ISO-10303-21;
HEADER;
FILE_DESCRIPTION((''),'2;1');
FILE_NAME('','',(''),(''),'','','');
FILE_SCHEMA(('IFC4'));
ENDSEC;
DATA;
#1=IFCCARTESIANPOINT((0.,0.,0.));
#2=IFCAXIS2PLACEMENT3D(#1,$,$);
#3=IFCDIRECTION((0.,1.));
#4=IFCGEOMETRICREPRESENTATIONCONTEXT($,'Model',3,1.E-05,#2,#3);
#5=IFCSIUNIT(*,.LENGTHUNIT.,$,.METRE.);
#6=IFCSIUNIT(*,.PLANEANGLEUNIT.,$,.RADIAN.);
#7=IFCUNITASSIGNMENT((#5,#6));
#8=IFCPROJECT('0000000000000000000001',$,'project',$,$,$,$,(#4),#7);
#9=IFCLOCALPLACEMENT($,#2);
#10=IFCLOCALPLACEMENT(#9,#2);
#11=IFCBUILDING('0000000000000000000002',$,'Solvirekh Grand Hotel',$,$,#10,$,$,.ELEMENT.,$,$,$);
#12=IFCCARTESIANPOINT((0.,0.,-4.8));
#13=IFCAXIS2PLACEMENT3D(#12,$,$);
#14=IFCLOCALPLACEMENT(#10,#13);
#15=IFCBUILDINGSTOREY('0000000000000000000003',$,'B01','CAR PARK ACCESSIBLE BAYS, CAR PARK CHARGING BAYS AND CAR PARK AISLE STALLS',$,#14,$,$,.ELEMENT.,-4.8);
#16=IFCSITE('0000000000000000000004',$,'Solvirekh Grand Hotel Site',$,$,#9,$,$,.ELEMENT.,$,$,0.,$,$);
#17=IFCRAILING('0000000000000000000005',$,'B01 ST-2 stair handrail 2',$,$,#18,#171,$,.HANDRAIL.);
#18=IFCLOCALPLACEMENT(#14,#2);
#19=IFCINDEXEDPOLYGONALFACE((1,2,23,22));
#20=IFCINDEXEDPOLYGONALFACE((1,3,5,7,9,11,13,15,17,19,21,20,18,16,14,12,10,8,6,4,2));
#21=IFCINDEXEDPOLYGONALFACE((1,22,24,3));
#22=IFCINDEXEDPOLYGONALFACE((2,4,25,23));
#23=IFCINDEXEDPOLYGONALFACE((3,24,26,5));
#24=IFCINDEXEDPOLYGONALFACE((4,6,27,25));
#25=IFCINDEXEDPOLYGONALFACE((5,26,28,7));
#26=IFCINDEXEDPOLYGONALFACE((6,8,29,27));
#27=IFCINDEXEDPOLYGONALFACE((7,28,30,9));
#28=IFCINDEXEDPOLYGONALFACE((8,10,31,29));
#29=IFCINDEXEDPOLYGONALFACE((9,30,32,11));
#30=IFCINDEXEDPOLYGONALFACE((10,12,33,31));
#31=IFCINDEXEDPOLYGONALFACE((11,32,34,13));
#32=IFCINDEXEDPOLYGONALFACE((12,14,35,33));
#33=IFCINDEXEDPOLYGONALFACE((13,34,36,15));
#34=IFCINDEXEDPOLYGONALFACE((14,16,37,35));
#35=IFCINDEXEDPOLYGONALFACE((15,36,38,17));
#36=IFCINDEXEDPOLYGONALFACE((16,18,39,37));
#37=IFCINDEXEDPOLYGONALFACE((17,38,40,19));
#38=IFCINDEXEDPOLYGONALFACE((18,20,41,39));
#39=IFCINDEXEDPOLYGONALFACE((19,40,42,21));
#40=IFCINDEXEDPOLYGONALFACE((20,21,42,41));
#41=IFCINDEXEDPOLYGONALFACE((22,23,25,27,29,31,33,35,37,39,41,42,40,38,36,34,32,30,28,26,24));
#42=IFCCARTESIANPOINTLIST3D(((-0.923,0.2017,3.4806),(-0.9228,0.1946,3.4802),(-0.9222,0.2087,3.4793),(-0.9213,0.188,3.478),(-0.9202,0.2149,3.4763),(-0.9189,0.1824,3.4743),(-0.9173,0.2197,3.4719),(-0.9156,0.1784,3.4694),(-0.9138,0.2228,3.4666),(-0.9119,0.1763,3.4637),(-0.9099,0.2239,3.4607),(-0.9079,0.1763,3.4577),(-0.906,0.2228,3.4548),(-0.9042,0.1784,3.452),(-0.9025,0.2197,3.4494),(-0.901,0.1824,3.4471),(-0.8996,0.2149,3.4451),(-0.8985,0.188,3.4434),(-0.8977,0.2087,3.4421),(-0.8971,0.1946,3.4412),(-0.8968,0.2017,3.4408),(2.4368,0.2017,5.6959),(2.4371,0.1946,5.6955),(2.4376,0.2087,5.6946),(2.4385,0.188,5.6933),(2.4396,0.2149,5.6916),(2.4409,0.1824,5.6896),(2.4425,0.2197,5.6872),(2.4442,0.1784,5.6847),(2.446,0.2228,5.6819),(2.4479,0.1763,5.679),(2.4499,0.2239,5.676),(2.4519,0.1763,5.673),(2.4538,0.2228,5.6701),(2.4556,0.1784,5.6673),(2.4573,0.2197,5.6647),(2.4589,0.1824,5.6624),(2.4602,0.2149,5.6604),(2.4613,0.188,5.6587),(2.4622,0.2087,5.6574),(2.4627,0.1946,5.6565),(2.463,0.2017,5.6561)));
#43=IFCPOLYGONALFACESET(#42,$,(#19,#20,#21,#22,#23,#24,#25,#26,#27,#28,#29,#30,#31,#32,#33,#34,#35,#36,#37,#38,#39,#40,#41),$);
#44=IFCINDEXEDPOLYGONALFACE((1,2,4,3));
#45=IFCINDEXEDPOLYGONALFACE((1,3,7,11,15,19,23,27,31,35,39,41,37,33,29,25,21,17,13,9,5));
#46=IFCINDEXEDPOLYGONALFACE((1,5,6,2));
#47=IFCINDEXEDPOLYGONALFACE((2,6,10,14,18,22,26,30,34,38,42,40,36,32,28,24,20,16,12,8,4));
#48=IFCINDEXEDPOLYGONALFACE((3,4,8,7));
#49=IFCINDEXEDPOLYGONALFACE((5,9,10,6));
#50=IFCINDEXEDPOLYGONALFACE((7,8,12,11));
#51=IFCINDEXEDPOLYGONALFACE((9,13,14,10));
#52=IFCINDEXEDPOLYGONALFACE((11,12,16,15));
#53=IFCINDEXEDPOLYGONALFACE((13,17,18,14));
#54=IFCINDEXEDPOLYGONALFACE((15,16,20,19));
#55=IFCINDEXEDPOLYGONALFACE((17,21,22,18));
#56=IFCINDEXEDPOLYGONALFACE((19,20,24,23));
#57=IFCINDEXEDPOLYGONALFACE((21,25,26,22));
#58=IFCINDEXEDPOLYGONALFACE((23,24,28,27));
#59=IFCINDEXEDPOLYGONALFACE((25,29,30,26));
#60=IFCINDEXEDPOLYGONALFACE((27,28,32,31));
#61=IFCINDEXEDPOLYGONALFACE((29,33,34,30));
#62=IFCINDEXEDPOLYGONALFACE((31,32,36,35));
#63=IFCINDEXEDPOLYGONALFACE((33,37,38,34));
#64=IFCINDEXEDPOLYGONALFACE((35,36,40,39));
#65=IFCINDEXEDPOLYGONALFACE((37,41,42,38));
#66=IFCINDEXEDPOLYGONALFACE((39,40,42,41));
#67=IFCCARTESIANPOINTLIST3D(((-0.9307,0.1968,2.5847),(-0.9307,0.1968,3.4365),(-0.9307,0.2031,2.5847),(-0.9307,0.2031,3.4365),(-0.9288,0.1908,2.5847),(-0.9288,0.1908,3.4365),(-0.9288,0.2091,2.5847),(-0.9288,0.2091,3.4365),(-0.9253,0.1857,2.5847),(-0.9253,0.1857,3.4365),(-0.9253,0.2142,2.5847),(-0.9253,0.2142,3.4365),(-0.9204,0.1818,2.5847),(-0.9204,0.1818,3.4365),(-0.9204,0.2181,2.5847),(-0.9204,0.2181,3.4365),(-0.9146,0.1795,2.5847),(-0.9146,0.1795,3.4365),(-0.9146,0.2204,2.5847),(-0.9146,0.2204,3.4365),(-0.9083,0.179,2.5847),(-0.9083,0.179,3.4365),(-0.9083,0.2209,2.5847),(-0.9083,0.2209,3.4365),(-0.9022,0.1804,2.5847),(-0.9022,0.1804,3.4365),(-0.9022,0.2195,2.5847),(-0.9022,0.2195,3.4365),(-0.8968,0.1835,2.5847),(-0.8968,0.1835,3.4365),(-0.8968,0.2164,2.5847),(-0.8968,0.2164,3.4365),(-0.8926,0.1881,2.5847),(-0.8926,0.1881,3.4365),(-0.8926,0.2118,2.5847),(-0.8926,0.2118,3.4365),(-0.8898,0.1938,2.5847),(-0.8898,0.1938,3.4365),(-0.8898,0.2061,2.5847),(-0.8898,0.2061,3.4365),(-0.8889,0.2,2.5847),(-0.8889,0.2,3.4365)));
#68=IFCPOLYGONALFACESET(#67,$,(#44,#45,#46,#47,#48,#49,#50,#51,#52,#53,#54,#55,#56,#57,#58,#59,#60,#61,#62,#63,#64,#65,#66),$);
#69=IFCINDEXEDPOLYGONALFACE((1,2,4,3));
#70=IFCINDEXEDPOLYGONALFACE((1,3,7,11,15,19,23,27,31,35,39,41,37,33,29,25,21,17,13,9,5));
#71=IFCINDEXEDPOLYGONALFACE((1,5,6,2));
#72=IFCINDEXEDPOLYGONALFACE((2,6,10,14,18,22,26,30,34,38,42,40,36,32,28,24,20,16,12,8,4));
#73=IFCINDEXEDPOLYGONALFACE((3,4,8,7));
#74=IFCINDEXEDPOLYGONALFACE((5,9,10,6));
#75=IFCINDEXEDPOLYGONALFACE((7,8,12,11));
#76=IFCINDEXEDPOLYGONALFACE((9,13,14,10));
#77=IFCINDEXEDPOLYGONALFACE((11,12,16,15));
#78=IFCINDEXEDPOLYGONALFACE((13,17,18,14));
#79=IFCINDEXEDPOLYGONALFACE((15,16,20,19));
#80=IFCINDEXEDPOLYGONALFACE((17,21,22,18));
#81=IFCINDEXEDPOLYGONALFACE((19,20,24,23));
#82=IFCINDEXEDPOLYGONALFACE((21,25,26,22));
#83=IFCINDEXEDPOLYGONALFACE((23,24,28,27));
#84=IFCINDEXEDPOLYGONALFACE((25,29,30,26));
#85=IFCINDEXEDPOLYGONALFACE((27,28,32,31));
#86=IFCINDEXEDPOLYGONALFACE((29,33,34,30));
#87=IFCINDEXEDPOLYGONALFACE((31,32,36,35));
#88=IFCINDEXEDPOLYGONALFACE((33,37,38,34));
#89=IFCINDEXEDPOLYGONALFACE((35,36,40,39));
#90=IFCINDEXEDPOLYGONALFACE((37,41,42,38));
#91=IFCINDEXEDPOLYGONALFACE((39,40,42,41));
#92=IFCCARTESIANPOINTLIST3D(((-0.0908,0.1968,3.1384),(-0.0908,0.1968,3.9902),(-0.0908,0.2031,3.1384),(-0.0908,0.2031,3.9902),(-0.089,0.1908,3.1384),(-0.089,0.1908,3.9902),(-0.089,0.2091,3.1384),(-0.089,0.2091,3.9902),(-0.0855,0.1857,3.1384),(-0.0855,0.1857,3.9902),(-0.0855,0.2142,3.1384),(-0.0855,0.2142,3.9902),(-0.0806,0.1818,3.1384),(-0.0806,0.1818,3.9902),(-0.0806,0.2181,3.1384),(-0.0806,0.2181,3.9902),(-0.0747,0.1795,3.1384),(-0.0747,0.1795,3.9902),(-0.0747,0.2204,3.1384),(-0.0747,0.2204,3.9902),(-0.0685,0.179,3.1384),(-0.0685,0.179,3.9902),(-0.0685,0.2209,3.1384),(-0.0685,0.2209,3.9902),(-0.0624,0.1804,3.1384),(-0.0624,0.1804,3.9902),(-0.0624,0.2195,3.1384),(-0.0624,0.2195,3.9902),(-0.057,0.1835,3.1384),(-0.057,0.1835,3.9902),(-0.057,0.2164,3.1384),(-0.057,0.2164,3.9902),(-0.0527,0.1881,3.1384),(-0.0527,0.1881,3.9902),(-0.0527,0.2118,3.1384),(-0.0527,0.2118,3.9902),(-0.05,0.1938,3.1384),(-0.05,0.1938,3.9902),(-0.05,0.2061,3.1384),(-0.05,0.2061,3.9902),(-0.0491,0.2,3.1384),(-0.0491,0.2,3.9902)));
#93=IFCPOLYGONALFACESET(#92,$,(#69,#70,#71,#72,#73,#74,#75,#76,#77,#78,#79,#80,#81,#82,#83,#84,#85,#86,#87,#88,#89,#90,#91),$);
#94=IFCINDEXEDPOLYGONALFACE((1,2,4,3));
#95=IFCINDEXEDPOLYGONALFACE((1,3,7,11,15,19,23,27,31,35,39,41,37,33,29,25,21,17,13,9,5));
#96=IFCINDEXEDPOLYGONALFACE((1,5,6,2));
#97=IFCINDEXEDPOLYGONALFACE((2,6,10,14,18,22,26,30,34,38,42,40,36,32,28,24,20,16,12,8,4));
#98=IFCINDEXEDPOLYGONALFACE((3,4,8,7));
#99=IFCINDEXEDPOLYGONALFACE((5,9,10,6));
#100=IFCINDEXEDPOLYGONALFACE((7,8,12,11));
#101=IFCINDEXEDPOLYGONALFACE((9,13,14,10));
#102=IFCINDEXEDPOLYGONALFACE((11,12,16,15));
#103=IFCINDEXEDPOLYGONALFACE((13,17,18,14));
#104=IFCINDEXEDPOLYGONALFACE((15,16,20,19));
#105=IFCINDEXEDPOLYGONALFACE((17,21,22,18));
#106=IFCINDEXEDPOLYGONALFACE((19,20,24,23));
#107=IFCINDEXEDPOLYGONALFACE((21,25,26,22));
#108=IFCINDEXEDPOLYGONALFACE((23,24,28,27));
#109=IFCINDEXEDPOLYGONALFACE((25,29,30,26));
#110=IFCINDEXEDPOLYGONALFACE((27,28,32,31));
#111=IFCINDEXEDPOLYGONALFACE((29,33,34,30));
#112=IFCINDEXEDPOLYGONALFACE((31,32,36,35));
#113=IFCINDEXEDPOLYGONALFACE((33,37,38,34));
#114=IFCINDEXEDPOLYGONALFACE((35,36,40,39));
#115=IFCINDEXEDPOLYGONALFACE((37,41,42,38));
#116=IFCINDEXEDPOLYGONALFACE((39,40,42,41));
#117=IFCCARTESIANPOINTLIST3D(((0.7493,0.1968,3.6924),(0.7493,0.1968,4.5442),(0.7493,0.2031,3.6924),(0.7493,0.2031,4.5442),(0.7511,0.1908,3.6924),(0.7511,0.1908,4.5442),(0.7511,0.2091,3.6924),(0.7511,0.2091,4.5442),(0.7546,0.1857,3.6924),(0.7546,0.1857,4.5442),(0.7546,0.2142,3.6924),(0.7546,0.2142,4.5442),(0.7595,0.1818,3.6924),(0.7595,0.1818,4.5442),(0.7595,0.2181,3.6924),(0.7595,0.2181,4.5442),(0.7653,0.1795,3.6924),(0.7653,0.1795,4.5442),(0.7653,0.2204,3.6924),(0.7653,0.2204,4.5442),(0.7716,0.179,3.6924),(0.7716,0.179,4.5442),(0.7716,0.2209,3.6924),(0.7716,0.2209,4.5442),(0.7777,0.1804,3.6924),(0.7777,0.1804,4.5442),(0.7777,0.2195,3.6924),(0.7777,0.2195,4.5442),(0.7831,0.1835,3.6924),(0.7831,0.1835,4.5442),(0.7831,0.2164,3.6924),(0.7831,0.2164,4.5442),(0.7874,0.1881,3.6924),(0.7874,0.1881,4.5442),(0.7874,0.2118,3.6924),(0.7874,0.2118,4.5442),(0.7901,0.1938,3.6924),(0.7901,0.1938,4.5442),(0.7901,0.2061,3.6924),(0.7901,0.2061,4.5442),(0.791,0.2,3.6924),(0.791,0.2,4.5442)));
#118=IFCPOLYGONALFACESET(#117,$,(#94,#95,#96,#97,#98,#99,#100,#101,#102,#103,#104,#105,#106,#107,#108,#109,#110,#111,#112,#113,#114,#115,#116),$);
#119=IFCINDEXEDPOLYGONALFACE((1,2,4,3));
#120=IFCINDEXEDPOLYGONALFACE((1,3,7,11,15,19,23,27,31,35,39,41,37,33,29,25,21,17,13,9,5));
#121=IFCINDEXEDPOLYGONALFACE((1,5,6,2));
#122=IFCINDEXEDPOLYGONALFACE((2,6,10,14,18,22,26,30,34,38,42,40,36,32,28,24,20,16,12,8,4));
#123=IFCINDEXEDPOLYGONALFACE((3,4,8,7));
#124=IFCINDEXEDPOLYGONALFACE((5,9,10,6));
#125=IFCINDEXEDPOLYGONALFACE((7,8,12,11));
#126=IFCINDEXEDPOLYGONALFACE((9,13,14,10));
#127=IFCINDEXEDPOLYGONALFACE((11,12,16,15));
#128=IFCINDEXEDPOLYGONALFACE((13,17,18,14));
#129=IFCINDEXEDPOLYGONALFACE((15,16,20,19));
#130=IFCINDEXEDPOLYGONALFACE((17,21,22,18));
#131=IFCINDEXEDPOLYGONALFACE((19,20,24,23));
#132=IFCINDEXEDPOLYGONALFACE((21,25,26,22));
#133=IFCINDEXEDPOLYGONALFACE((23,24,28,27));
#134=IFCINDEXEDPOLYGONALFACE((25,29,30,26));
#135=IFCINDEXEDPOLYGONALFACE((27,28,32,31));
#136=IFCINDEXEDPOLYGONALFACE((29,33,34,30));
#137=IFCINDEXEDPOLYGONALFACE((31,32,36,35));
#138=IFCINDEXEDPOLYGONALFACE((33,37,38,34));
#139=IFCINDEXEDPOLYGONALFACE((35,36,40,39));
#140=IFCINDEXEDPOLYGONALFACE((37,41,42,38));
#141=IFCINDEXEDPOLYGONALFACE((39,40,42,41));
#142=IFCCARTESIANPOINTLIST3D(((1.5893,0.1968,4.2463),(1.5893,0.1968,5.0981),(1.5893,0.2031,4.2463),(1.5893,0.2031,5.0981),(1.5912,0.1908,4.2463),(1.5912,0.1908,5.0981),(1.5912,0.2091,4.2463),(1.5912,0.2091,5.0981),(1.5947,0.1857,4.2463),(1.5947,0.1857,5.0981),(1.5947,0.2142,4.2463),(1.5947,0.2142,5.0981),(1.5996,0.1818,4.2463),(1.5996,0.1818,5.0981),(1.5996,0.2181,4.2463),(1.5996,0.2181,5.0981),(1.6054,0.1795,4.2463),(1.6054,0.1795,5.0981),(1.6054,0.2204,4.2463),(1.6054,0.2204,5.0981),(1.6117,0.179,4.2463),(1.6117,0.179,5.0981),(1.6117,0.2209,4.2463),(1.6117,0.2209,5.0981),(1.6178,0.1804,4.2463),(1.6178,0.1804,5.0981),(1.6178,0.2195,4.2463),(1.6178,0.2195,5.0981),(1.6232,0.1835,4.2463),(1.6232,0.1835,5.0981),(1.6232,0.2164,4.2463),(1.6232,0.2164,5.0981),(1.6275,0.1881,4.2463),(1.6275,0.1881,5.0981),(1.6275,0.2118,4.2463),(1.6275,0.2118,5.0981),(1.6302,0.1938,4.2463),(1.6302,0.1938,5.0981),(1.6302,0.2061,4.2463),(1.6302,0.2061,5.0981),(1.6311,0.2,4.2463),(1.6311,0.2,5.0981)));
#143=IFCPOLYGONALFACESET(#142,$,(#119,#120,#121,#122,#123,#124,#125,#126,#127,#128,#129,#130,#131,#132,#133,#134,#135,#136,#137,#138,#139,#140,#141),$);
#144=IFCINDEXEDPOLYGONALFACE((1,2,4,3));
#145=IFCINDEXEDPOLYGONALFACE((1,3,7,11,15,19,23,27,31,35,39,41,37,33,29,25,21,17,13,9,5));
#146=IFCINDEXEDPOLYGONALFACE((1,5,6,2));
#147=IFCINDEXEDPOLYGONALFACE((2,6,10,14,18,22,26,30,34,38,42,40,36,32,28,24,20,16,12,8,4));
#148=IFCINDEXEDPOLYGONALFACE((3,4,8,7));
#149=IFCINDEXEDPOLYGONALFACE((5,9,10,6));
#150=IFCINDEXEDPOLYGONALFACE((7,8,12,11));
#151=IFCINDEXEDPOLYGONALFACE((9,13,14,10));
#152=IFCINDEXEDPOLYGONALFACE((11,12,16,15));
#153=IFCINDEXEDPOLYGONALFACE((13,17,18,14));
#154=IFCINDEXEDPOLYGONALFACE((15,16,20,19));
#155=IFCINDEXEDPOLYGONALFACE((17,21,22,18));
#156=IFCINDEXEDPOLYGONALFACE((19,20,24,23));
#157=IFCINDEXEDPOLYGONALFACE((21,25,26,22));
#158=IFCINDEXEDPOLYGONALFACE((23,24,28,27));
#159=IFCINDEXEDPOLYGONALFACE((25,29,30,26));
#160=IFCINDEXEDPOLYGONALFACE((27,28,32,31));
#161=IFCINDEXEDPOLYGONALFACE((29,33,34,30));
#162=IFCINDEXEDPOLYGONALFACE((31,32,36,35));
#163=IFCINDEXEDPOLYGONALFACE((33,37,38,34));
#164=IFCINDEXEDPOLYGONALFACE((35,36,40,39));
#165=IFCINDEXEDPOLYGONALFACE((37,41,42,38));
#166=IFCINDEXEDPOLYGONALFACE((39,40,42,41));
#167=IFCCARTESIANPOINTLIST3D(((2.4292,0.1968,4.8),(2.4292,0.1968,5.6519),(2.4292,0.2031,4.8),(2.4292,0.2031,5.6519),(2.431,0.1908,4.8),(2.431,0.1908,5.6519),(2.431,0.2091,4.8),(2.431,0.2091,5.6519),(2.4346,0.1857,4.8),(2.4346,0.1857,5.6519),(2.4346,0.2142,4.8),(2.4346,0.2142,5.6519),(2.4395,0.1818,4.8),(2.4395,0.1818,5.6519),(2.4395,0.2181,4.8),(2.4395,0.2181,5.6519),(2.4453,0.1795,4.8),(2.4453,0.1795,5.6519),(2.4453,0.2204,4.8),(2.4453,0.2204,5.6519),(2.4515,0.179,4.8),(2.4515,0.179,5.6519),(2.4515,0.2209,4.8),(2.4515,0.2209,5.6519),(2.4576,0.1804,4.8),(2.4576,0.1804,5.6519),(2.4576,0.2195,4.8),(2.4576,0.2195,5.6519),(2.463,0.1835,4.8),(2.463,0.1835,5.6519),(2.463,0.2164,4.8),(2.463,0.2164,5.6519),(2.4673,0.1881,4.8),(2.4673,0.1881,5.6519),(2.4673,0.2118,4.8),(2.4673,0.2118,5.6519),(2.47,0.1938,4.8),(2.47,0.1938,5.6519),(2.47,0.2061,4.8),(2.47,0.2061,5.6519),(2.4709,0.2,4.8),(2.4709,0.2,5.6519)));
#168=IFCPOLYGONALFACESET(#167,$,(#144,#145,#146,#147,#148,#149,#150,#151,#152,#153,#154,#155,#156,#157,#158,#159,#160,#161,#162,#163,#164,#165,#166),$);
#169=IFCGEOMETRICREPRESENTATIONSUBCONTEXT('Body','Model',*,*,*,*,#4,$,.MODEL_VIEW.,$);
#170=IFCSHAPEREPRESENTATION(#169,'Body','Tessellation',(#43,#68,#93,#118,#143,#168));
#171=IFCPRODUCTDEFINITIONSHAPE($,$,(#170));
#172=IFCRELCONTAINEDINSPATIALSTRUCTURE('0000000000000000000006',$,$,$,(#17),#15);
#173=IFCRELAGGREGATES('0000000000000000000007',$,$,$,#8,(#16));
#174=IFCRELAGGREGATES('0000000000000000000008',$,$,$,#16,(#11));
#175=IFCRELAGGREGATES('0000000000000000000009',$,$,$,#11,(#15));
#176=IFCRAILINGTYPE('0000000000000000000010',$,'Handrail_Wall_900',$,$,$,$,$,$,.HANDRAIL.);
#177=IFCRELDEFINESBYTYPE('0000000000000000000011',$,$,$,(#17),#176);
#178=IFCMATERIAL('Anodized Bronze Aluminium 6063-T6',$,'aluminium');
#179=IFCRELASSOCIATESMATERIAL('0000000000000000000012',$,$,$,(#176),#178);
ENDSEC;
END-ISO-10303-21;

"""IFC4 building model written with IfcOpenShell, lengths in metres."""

from ifc_helpers import new_model, si_unit, direction, frame, origin, origin_2d, place, context, subcontext, project, spatial, circle, extrude, material, type_object, element, save


model = new_model("IFC4")

# Units and contexts
model_context = context("Model", 3, precision=1e-05, world=origin(), true_north=direction((0.0, 1.0)))
body_context = subcontext(model_context, "Body", "Model", "MODEL_VIEW")
ifc_project = project(units=[si_unit("LENGTHUNIT", "METRE"), si_unit("PLANEANGLEUNIT", "RADIAN")], contexts=[model_context])

# Site, building, storey
site_placement = place(None, origin())
site = spatial("IfcSite", under=ifc_project, at=site_placement, Name="Solvirekh Grand Hotel Site", CompositionType="ELEMENT", RefElevation=0.0)
building_placement = place(site_placement, origin())
building = spatial("IfcBuilding", under=site, at=building_placement, Name="Solvirekh Grand Hotel", CompositionType="ELEMENT")
storey_placement = place(building_placement, frame((0.0, 0.0, -4.8)))
storey = spatial("IfcBuildingStorey", under=building, at=storey_placement, Name="B01", Description="CAR PARK ACCESSIBLE BAYS, CAR PARK CHARGING BAYS AND CAR PARK AISLE STALLS", CompositionType="ELEMENT", Elevation=-4.8)

# Railing
ifc_material_1 = material(Name="Anodized Bronze Aluminium 6063-T6", Category="aluminium")
railing_type_1 = type_object("IfcRailingType", Name="Handrail_Wall_900", PredefinedType="HANDRAIL", material=ifc_material_1)
for number, where, name in (
    (1, (-0.9099, 0.2, 2.5847), "B01 ST-2 stair handrail 2"),
):
    element("IfcRailing", number, at=place(storey_placement, frame(where)), inside=storey, type_object=railing_type_1, Name=name, PredefinedType="HANDRAIL", context=body_context, shape_type="SweptSolid", body=[
        extrude(circle(Radius=0.0239, at=origin_2d()), frame((0.0, 0.0, 0.876), z_axis=(0.834858, 0.0, 0.550465), x_axis=(0.0, 1.0, 0.0)), (0.0, 0.0, 1.0), 4.0244),
        extrude(circle(Radius=0.021, at=origin_2d()), origin(), (0.0, 0.0, 1.0), 0.8518),
        extrude(circle(Radius=0.021, at=origin_2d()), frame((0.8398, 0.0, 0.5537)), (0.0, 0.0, 1.0), 0.8518),
        extrude(circle(Radius=0.021, at=origin_2d()), frame((1.6799, 0.0, 1.1077)), (0.0, 0.0, 1.0), 0.8518),
        extrude(circle(Radius=0.021, at=origin_2d()), frame((2.52, 0.0, 1.6616)), (0.0, 0.0, 1.0), 0.8518),
        extrude(circle(Radius=0.021, at=origin_2d()), frame((3.3599, 0.0, 2.2153)), (0.0, 0.0, 1.0), 0.8518),
    ])

save(model, "model.ifc")
